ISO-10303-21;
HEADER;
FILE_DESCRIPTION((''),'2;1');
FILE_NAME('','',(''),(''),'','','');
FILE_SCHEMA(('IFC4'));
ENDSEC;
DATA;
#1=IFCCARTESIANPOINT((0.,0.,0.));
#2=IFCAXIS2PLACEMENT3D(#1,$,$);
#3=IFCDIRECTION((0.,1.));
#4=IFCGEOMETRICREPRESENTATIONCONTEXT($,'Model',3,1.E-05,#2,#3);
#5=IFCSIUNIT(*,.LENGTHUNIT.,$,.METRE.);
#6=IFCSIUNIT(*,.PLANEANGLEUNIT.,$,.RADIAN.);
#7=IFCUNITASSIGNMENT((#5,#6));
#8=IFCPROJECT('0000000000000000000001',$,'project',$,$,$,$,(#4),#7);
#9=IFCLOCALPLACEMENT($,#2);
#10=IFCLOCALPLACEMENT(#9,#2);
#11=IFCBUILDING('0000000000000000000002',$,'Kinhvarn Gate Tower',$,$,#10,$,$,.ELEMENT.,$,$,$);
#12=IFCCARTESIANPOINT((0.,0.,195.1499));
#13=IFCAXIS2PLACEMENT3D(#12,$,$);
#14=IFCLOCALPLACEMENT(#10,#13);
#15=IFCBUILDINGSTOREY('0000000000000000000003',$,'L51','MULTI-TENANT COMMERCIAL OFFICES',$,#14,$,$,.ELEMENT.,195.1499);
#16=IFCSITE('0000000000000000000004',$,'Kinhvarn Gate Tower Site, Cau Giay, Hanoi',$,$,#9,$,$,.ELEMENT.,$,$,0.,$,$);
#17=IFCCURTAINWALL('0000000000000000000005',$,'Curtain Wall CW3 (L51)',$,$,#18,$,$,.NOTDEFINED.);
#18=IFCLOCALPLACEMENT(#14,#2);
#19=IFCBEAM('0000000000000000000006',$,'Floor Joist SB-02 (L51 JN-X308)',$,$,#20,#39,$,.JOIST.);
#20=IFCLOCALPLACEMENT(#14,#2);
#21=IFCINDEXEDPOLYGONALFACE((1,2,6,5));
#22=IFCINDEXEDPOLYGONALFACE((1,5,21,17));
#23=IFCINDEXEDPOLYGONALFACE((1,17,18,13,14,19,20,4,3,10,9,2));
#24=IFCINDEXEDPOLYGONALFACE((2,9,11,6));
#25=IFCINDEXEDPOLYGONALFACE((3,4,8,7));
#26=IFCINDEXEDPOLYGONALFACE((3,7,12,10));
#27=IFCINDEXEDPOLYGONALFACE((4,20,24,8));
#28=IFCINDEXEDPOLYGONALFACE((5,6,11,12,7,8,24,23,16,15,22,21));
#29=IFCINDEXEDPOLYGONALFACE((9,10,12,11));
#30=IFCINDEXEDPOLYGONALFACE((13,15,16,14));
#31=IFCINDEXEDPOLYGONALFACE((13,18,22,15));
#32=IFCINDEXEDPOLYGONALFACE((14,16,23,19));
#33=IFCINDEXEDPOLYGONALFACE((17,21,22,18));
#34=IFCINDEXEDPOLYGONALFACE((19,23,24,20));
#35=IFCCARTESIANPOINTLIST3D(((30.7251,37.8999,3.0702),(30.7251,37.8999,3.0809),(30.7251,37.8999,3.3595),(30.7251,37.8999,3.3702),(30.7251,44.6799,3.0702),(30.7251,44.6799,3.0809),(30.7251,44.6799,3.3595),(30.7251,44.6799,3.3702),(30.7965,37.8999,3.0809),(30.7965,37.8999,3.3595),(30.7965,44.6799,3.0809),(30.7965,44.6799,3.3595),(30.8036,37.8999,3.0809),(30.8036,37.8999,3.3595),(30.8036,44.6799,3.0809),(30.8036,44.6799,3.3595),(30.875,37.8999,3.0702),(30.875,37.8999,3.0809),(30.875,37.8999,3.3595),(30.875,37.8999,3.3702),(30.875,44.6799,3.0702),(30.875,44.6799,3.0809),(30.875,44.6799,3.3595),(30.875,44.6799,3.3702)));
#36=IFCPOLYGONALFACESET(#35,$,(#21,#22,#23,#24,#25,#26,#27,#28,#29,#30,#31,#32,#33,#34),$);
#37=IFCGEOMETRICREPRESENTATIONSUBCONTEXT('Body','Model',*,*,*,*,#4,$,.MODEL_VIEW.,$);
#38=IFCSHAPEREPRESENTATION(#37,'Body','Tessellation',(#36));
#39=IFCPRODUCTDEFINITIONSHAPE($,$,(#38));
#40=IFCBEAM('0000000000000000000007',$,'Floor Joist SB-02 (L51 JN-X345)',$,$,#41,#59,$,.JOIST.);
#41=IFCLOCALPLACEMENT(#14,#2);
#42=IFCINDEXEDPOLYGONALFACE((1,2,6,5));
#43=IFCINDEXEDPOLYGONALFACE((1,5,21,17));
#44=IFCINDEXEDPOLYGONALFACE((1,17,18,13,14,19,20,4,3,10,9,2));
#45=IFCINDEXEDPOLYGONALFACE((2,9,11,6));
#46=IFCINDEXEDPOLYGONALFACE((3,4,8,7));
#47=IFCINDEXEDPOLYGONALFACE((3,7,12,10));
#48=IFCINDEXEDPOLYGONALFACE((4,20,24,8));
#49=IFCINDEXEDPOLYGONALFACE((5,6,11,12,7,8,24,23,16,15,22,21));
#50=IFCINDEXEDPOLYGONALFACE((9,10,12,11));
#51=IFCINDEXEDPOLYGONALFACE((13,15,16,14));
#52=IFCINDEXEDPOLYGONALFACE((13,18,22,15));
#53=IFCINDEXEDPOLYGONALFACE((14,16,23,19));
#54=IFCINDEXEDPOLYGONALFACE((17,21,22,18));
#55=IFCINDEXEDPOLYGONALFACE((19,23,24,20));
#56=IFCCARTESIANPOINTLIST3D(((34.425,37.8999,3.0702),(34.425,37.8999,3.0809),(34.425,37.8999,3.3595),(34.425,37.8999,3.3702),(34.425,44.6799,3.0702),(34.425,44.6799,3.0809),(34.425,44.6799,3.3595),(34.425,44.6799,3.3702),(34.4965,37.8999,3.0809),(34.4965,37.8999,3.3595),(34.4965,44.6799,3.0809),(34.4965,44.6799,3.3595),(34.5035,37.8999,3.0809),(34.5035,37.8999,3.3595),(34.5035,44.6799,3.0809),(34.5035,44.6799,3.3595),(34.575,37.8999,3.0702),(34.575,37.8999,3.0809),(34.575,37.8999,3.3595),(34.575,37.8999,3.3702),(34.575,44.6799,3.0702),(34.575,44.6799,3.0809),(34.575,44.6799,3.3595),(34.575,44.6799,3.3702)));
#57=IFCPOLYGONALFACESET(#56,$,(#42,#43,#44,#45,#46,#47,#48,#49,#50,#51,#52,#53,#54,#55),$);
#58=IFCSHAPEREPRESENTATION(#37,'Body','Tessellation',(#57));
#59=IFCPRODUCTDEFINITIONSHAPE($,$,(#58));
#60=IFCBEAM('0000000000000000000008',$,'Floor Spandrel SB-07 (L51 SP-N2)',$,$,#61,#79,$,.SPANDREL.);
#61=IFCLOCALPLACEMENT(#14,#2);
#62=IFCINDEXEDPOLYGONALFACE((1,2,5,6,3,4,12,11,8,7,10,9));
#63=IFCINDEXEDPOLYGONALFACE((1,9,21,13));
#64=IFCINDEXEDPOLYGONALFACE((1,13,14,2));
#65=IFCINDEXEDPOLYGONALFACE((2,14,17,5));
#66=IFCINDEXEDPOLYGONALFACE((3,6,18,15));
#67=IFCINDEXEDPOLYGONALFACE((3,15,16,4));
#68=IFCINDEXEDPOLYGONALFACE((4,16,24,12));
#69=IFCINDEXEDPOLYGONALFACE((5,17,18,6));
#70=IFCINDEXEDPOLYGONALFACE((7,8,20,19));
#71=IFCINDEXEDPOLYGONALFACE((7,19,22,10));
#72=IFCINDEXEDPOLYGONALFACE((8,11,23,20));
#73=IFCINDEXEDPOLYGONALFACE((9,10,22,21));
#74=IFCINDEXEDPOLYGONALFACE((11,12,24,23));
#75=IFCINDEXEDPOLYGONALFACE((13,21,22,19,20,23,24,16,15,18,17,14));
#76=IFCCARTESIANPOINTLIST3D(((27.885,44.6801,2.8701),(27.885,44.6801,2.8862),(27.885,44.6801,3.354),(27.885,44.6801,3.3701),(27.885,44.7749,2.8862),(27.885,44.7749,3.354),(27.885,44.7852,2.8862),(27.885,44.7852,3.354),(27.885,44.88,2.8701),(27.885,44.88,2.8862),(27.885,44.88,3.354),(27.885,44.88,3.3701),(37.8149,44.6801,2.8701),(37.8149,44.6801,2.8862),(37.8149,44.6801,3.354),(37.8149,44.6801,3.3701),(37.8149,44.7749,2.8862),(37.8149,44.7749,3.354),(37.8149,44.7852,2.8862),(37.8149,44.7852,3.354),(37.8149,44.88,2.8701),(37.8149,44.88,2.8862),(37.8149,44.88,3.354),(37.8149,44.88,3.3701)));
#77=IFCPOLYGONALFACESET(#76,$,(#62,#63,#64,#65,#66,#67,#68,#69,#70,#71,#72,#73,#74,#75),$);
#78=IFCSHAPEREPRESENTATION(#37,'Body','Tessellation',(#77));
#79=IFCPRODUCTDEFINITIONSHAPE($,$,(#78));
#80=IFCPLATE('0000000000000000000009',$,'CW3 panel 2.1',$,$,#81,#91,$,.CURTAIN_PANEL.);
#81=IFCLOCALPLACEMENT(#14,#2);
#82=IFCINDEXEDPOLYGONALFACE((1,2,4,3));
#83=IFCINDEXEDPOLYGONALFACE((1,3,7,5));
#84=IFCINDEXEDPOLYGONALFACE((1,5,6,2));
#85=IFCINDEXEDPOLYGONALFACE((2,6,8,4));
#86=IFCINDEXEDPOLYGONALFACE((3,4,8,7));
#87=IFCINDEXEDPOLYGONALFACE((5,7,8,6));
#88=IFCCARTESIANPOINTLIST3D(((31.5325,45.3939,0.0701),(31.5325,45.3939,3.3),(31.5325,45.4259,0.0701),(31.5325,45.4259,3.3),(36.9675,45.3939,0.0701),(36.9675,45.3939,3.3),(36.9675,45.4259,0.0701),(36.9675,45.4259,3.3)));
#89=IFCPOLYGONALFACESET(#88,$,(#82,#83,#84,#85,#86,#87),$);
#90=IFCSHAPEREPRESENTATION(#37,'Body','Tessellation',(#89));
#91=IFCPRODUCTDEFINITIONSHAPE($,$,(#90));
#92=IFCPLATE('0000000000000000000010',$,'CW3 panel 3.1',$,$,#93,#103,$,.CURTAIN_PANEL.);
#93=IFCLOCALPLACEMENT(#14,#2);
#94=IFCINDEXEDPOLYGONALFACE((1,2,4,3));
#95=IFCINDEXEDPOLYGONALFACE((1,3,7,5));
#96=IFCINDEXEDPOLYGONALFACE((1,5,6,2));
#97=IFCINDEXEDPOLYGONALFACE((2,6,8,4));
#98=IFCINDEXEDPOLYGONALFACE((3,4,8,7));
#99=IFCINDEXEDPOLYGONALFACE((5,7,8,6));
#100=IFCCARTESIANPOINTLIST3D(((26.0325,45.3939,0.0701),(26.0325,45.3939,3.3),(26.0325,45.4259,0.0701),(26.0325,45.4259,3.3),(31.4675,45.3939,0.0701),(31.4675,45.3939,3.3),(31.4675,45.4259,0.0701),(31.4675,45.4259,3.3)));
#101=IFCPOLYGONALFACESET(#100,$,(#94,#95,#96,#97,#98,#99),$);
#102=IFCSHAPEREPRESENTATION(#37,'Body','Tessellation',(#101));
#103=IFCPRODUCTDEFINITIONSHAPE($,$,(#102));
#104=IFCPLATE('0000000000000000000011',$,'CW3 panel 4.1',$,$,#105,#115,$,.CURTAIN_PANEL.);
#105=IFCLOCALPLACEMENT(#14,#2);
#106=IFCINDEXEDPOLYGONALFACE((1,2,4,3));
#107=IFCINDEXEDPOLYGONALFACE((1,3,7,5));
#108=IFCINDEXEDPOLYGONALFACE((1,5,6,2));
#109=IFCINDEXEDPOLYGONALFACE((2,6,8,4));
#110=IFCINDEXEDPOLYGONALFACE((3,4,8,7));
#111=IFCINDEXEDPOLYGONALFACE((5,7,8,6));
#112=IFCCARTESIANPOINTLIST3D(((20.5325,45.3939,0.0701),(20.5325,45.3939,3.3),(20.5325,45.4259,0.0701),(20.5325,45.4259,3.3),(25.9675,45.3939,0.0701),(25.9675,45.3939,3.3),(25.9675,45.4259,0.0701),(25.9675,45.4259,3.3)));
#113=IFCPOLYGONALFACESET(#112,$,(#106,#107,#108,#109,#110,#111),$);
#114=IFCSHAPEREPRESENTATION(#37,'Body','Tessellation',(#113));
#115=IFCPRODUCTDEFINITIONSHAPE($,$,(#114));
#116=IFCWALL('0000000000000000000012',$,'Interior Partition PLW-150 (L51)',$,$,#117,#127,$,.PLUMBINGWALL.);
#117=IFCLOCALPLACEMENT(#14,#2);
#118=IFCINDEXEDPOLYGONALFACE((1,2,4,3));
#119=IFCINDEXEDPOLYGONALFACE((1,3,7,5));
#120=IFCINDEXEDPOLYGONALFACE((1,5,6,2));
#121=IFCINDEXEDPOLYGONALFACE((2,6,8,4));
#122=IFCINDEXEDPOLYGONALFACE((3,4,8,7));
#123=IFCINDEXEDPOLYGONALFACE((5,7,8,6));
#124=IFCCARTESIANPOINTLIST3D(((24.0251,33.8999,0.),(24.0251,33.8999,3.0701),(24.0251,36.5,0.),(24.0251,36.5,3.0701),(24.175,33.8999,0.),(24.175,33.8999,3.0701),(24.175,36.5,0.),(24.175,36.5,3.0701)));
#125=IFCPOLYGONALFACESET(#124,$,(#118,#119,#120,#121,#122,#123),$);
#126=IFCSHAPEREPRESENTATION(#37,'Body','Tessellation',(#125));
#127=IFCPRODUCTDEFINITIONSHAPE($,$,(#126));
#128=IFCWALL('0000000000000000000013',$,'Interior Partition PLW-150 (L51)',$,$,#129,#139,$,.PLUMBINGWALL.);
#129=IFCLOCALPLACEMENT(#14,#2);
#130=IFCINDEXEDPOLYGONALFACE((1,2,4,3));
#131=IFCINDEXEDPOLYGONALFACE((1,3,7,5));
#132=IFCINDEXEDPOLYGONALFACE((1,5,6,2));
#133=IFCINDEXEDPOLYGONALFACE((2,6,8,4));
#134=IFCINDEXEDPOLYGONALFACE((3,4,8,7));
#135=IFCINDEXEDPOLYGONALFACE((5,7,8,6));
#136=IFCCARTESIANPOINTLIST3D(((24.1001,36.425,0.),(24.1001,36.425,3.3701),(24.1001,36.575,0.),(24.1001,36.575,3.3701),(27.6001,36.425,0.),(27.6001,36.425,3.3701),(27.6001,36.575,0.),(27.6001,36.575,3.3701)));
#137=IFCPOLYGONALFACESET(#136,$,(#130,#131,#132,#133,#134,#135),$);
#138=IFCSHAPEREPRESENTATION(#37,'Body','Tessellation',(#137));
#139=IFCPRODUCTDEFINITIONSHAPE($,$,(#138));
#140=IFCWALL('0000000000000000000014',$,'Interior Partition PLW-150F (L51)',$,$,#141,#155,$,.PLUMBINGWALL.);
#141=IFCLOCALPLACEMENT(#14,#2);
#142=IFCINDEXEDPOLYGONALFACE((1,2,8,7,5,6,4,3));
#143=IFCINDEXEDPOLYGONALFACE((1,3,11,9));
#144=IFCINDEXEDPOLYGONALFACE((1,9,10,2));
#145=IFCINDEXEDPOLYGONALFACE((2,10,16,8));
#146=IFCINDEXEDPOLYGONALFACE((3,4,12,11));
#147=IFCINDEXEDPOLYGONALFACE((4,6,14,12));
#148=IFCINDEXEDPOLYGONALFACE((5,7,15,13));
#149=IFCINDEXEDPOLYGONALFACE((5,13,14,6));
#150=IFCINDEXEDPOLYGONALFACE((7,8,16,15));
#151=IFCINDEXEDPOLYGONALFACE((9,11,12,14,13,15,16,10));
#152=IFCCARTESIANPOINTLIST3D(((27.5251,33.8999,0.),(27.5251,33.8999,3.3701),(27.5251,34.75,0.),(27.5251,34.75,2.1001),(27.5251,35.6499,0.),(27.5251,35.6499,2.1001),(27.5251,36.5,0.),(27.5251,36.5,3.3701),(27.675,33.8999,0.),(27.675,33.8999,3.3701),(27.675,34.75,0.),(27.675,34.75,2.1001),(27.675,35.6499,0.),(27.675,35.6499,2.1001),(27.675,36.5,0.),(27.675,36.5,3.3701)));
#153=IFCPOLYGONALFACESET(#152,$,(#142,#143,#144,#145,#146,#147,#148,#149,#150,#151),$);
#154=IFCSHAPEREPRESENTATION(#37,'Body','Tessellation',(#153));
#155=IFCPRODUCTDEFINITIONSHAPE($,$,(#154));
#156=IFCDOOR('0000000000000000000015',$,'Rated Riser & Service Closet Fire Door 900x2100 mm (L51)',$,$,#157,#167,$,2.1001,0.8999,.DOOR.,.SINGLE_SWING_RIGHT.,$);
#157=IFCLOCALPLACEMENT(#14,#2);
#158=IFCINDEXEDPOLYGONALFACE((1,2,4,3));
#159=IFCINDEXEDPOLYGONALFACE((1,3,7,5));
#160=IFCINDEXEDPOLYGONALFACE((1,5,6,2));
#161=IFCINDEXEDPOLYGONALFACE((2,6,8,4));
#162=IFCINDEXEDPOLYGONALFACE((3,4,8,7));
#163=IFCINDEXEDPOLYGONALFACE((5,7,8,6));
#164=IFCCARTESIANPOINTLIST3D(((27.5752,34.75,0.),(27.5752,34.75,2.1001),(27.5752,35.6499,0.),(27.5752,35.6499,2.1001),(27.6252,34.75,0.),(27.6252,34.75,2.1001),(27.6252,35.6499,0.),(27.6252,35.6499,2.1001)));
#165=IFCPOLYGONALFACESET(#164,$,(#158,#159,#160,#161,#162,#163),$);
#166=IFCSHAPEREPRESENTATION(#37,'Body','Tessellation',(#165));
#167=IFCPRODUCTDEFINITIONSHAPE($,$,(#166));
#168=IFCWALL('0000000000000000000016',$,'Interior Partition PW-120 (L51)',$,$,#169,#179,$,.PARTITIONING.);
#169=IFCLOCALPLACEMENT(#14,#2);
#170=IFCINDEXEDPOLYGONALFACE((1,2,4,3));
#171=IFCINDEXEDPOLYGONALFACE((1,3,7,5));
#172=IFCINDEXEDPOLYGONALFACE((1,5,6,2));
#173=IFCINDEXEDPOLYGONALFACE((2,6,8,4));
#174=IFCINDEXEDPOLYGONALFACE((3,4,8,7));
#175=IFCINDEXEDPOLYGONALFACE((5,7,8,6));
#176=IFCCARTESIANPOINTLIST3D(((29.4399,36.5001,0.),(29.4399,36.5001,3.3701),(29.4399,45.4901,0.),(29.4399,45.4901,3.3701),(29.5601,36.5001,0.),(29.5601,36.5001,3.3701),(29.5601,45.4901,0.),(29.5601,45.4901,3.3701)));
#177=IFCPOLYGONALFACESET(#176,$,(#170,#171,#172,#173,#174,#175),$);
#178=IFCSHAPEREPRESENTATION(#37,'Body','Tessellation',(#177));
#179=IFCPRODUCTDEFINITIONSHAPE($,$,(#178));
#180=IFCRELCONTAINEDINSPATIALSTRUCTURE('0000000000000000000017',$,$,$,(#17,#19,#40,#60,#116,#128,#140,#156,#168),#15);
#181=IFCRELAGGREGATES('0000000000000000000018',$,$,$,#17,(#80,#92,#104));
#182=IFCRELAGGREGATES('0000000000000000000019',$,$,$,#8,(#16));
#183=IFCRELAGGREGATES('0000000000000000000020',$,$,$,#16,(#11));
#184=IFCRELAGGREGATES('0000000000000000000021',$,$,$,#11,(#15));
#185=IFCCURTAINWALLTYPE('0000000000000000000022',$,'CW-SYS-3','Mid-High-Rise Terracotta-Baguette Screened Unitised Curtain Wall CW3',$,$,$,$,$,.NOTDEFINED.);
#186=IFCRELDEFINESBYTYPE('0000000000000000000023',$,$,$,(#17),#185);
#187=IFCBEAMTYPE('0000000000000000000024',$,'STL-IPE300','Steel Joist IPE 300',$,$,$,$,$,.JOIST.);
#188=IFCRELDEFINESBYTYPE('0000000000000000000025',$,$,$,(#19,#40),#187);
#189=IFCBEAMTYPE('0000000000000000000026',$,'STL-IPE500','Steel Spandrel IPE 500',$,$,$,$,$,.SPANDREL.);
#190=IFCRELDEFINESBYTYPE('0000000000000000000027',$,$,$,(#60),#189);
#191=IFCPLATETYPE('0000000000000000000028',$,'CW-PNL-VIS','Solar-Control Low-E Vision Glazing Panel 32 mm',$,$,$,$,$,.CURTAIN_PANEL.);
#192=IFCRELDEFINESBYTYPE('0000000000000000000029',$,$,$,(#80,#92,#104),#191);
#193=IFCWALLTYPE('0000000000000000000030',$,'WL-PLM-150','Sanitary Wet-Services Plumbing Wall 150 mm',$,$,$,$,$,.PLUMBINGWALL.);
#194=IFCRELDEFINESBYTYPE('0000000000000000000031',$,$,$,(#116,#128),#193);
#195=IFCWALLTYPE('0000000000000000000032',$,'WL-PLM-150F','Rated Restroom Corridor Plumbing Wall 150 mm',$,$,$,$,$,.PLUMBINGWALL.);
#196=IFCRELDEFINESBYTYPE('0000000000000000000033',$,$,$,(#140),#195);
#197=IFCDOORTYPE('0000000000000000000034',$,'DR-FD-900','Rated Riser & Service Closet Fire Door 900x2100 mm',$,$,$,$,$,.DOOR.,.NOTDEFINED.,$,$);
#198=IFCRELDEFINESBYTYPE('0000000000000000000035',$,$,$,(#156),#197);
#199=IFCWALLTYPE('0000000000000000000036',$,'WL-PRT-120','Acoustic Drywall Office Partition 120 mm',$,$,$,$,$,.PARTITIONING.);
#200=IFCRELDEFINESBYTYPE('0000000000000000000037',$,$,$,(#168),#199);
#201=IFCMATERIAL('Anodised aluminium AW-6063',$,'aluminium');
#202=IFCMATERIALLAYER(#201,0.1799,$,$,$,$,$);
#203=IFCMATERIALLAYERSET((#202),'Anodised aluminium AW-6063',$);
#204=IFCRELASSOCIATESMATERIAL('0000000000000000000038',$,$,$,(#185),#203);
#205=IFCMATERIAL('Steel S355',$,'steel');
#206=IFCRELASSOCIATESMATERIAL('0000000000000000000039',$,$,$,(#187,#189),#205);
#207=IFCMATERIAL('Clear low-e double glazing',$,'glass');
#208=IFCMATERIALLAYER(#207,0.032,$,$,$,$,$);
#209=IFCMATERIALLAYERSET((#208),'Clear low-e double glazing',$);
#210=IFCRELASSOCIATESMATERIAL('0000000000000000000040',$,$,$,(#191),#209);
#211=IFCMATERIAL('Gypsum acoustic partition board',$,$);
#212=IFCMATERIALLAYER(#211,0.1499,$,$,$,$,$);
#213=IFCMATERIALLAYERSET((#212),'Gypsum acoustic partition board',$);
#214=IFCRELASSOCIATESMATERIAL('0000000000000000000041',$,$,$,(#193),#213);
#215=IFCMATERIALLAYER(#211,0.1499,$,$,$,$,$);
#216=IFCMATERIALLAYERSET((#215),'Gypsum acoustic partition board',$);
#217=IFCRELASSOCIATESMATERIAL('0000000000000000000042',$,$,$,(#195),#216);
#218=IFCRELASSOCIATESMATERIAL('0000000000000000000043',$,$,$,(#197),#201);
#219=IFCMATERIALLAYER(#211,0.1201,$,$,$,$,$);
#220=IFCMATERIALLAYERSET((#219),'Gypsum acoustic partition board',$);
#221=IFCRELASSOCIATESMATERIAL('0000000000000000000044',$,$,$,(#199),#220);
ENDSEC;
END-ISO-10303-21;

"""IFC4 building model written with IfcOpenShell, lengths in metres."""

from ifc_helpers import new_model, si_unit, direction, frame, frame_2d, origin, origin_2d, place, context, subcontext, project, spatial, rectangle, i_section, extrude, material, layer, layer_set, material_profile, profile_set, type_object, element, fill, aggregate, save


model = new_model("IFC4")

# Units and contexts
model_context = context("Model", 3, precision=1e-05, world=origin(), true_north=direction((0.0, 1.0)))
body_context = subcontext(model_context, "Body", "Model", "MODEL_VIEW")
ifc_project = project(units=[si_unit("LENGTHUNIT", "METRE"), si_unit("PLANEANGLEUNIT", "RADIAN")], contexts=[model_context])

# Site, building, storey
site_placement = place(None, origin())
site = spatial("IfcSite", under=ifc_project, at=site_placement, Name="Kinhvarn Gate Tower Site, Cau Giay, Hanoi", CompositionType="ELEMENT", RefElevation=0.0)
building_placement = place(site_placement, origin())
building = spatial("IfcBuilding", under=site, at=building_placement, Name="Kinhvarn Gate Tower", CompositionType="ELEMENT")
storey_placement = place(building_placement, frame((0.0, 0.0, 195.1499)))
storey = spatial("IfcBuildingStorey", under=building, at=storey_placement, Name="L51", Description="MULTI-TENANT COMMERCIAL OFFICES", CompositionType="ELEMENT", Elevation=195.1499)

# Curtain wall
ifc_material_1 = material(Name="Anodised aluminium AW-6063", Category="aluminium")
ifc_layer_1 = layer(ifc_material_1, 0.1799)
ifc_layer_set_1 = layer_set([ifc_layer_1], Name="Anodised aluminium AW-6063")
curtain_wall_type = type_object("IfcCurtainWallType", Name="CW-SYS-3", Description="Mid-High-Rise Terracotta-Baguette Screened Unitised Curtain Wall CW3", PredefinedType="NOTDEFINED", material=ifc_layer_set_1)
curtain_wall_placement = place(storey_placement, origin())
curtain_wall = element("IfcCurtainWall", 1, at=curtain_wall_placement, inside=storey, type_object=curtain_wall_type, Name="Curtain Wall CW3 (L51)", PredefinedType="NOTDEFINED")

# Beams
ifc_material_2 = material(Name="Steel S355", Category="steel")
ifc_material_profile_1 = material_profile(ifc_material_2, i_section(OverallWidth=0.1499, OverallDepth=0.3, WebThickness=0.0071, FlangeThickness=0.0107, at=origin_2d()), Name="IPE 300")
ifc_profile_set_1 = profile_set([ifc_material_profile_1], Name="Steel S355")
beam_type_1 = type_object("IfcBeamType", Name="STL-IPE300", Description="Steel Joist IPE 300", PredefinedType="JOIST", material=ifc_profile_set_1)
for number, where, z_axis, x_axis, name in (
    (2, (30.8, 37.8999, 3.2202), (0.0, 1.0, 0.0), (-1.0, 0.0, 0.0), "Floor Joist SB-02 (L51 JN-X308)"),
    (3, (34.5, 37.8999, 3.2202), (0.0, 1.0, 0.0), (-1.0, 0.0, 0.0), "Floor Joist SB-02 (L51 JN-X345)"),
):
    element("IfcBeam", number, at=place(storey_placement, frame(where, z_axis=z_axis, x_axis=x_axis)), inside=storey, type_object=beam_type_1, Name=name, PredefinedType="JOIST", context=body_context, shape_type="SweptSolid", body=[
        extrude(i_section(OverallWidth=0.1499, OverallDepth=0.3, WebThickness=0.0071, FlangeThickness=0.0107, at=origin_2d()), origin(), (0.0, 0.0, 1.0), 6.78),
    ])
ifc_material_profile_2 = material_profile(ifc_material_2, i_section(OverallWidth=0.2, OverallDepth=0.5, WebThickness=0.0103, FlangeThickness=0.0161, at=origin_2d()), Name="IPE 500")
ifc_profile_set_2 = profile_set([ifc_material_profile_2], Name="Steel S355")
beam_type_2 = type_object("IfcBeamType", Name="STL-IPE500", Description="Steel Spandrel IPE 500", PredefinedType="SPANDREL", material=ifc_profile_set_2)
beam_1_placement = place(storey_placement, frame((27.885, 44.78, 3.1201), z_axis=(1.0, 0.0, 0.0), x_axis=(0.0, 1.0, 0.0)))
element("IfcBeam", 4, at=beam_1_placement, inside=storey, type_object=beam_type_2, Name="Floor Spandrel SB-07 (L51 SP-N2)", PredefinedType="SPANDREL", context=body_context, shape_type="SweptSolid", body=[
    extrude(i_section(OverallWidth=0.2, OverallDepth=0.5, WebThickness=0.0103, FlangeThickness=0.0161, at=origin_2d()), origin(), (0.0, 0.0, 1.0), 9.9299),
])

# Plates
ifc_material_3 = material(Name="Clear low-e double glazing", Category="glass")
ifc_layer_2 = layer(ifc_material_3, 0.032)
ifc_layer_set_2 = layer_set([ifc_layer_2], Name="Clear low-e double glazing")
plate_type = type_object("IfcPlateType", Name="CW-PNL-VIS", Description="Solar-Control Low-E Vision Glazing Panel 32 mm", PredefinedType="CURTAIN_PANEL", material=ifc_layer_set_2)
plate_1_placement = place(storey_placement, frame((34.25, 45.4099, 0.0701), z_axis=(0.0, 0.0, 1.0), x_axis=(-1.0, 0.0, 0.0)))
plate_1 = element("IfcPlate", 5, at=plate_1_placement, type_object=plate_type, Name="CW3 panel 2.1", PredefinedType="CURTAIN_PANEL", context=body_context, shape_type="SweptSolid", body=[
    extrude(rectangle(XDim=5.4351, YDim=0.032, at=origin_2d()), origin(), (0.0, 0.0, 1.0), 3.23),
])
plate_2_placement = place(storey_placement, frame((28.75, 45.4099, 0.0701), z_axis=(0.0, 0.0, 1.0), x_axis=(-1.0, 0.0, 0.0)))
plate_2 = element("IfcPlate", 6, at=plate_2_placement, type_object=plate_type, Name="CW3 panel 3.1", PredefinedType="CURTAIN_PANEL", context=body_context, shape_type="SweptSolid", body=[
    extrude(rectangle(XDim=5.4351, YDim=0.032, at=origin_2d()), origin(), (0.0, 0.0, 1.0), 3.23),
])
plate_3_placement = place(storey_placement, frame((23.25, 45.4099, 0.0701), z_axis=(0.0, 0.0, 1.0), x_axis=(-1.0, 0.0, 0.0)))
plate_3 = element("IfcPlate", 7, at=plate_3_placement, type_object=plate_type, Name="CW3 panel 4.1", PredefinedType="CURTAIN_PANEL", context=body_context, shape_type="SweptSolid", body=[
    extrude(rectangle(XDim=5.4351, YDim=0.032, at=origin_2d()), origin(), (0.0, 0.0, 1.0), 3.23),
])
aggregate(curtain_wall, [plate_1, plate_2, plate_3])

# Walls
ifc_material_4 = material(Name="Gypsum acoustic partition board")
ifc_layer_3 = layer(ifc_material_4, 0.1499)
ifc_layer_set_3 = layer_set([ifc_layer_3], Name="Gypsum acoustic partition board")
wall_type_1 = type_object("IfcWallType", Name="WL-PLM-150", Description="Sanitary Wet-Services Plumbing Wall 150 mm", PredefinedType="PLUMBINGWALL", material=ifc_layer_set_3)
wall_1_placement = place(storey_placement, frame((24.1001, 33.8999, 0.0), z_axis=(0.0, 0.0, 1.0), x_axis=(0.0, 1.0, 0.0)))
element("IfcWall", 8, at=wall_1_placement, inside=storey, type_object=wall_type_1, Name="Interior Partition PLW-150 (L51)", PredefinedType="PLUMBINGWALL", context=body_context, shape_type="SweptSolid", body=[
    extrude(rectangle(XDim=2.6001, YDim=0.1499, at=frame_2d((1.3, 0.0))), origin(), (0.0, 0.0, 1.0), 3.0701),
])
wall_2_placement = place(storey_placement, frame((24.1001, 36.5, 0.0), z_axis=(0.0, 0.0, 1.0), x_axis=(1.0, 0.0, 0.0)))
element("IfcWall", 9, at=wall_2_placement, inside=storey, type_object=wall_type_1, Name="Interior Partition PLW-150 (L51)", PredefinedType="PLUMBINGWALL", context=body_context, shape_type="SweptSolid", body=[
    extrude(rectangle(XDim=3.5, YDim=0.1499, at=frame_2d((1.75, 0.0))), origin(), (0.0, 0.0, 1.0), 3.3701),
])

# Wall, opening, door
ifc_layer_4 = layer(ifc_material_4, 0.1499)
ifc_layer_set_4 = layer_set([ifc_layer_4], Name="Gypsum acoustic partition board")
wall_type_2 = type_object("IfcWallType", Name="WL-PLM-150F", Description="Rated Restroom Corridor Plumbing Wall 150 mm", PredefinedType="PLUMBINGWALL", material=ifc_layer_set_4)
wall_3_placement = place(storey_placement, frame((27.6001, 33.8999, 0.0), z_axis=(0.0, 0.0, 1.0), x_axis=(0.0, 1.0, 0.0)))
wall_3 = element("IfcWall", 10, at=wall_3_placement, inside=storey, type_object=wall_type_2, Name="Interior Partition PLW-150F (L51)", PredefinedType="PLUMBINGWALL", context=body_context, shape_type="SweptSolid", body=[
    extrude(rectangle(XDim=2.6001, YDim=0.1499, at=frame_2d((1.3, 0.0))), origin(), (0.0, 0.0, 1.0), 3.3701),
])
opening_placement = place(wall_3_placement, frame((0.8501, 0.0, 0.0)))
opening = element("IfcOpeningElement", 11, at=opening_placement, cuts=wall_3, PredefinedType="OPENING", context=body_context, shape_type="SweptSolid", body=[
    extrude(rectangle(XDim=0.8999, YDim=2.1001, at=frame_2d((0.45, 1.05))), frame((0.0, 0.085, 0.0), z_axis=(0.0, -1.0, 0.0), x_axis=(1.0, 0.0, 0.0)), (0.0, 0.0, 1.0), 0.1699),
])
door_type = type_object("IfcDoorType", Name="DR-FD-900", Description="Rated Riser & Service Closet Fire Door 900x2100 mm", OperationType="NOTDEFINED", PredefinedType="DOOR", material=ifc_material_1)
door_placement = place(opening_placement, origin())
door = element("IfcDoor", 12, at=door_placement, inside=storey, type_object=door_type, Name="Rated Riser & Service Closet Fire Door 900x2100 mm (L51)", OperationType="SINGLE_SWING_RIGHT", OverallHeight=2.1001, OverallWidth=0.8999, PredefinedType="DOOR", context=body_context, shape_type="SweptSolid", body=[
    extrude(rectangle(XDim=0.8999, YDim=2.1001, at=frame_2d((0.45, 1.05))), frame((0.0, 0.0249, 0.0), z_axis=(0.0, -1.0, 0.0), x_axis=(1.0, 0.0, 0.0)), (0.0, 0.0, 1.0), 0.05),
])
fill(opening, door)

# Wall
ifc_layer_5 = layer(ifc_material_4, 0.1201)
ifc_layer_set_5 = layer_set([ifc_layer_5], Name="Gypsum acoustic partition board")
wall_type_3 = type_object("IfcWallType", Name="WL-PRT-120", Description="Acoustic Drywall Office Partition 120 mm", PredefinedType="PARTITIONING", material=ifc_layer_set_5)
wall_4_placement = place(storey_placement, frame((29.5, 36.5, 0.0), z_axis=(0.0, 0.0, 1.0), x_axis=(0.0, 1.0, 0.0)))
element("IfcWall", 13, at=wall_4_placement, inside=storey, type_object=wall_type_3, Name="Interior Partition PW-120 (L51)", PredefinedType="PARTITIONING", context=body_context, shape_type="SweptSolid", body=[
    extrude(rectangle(XDim=8.99, YDim=0.1201, at=frame_2d((4.4951, 0.0))), origin(), (0.0, 0.0, 1.0), 3.3701),
])

save(model, "model.ifc")
